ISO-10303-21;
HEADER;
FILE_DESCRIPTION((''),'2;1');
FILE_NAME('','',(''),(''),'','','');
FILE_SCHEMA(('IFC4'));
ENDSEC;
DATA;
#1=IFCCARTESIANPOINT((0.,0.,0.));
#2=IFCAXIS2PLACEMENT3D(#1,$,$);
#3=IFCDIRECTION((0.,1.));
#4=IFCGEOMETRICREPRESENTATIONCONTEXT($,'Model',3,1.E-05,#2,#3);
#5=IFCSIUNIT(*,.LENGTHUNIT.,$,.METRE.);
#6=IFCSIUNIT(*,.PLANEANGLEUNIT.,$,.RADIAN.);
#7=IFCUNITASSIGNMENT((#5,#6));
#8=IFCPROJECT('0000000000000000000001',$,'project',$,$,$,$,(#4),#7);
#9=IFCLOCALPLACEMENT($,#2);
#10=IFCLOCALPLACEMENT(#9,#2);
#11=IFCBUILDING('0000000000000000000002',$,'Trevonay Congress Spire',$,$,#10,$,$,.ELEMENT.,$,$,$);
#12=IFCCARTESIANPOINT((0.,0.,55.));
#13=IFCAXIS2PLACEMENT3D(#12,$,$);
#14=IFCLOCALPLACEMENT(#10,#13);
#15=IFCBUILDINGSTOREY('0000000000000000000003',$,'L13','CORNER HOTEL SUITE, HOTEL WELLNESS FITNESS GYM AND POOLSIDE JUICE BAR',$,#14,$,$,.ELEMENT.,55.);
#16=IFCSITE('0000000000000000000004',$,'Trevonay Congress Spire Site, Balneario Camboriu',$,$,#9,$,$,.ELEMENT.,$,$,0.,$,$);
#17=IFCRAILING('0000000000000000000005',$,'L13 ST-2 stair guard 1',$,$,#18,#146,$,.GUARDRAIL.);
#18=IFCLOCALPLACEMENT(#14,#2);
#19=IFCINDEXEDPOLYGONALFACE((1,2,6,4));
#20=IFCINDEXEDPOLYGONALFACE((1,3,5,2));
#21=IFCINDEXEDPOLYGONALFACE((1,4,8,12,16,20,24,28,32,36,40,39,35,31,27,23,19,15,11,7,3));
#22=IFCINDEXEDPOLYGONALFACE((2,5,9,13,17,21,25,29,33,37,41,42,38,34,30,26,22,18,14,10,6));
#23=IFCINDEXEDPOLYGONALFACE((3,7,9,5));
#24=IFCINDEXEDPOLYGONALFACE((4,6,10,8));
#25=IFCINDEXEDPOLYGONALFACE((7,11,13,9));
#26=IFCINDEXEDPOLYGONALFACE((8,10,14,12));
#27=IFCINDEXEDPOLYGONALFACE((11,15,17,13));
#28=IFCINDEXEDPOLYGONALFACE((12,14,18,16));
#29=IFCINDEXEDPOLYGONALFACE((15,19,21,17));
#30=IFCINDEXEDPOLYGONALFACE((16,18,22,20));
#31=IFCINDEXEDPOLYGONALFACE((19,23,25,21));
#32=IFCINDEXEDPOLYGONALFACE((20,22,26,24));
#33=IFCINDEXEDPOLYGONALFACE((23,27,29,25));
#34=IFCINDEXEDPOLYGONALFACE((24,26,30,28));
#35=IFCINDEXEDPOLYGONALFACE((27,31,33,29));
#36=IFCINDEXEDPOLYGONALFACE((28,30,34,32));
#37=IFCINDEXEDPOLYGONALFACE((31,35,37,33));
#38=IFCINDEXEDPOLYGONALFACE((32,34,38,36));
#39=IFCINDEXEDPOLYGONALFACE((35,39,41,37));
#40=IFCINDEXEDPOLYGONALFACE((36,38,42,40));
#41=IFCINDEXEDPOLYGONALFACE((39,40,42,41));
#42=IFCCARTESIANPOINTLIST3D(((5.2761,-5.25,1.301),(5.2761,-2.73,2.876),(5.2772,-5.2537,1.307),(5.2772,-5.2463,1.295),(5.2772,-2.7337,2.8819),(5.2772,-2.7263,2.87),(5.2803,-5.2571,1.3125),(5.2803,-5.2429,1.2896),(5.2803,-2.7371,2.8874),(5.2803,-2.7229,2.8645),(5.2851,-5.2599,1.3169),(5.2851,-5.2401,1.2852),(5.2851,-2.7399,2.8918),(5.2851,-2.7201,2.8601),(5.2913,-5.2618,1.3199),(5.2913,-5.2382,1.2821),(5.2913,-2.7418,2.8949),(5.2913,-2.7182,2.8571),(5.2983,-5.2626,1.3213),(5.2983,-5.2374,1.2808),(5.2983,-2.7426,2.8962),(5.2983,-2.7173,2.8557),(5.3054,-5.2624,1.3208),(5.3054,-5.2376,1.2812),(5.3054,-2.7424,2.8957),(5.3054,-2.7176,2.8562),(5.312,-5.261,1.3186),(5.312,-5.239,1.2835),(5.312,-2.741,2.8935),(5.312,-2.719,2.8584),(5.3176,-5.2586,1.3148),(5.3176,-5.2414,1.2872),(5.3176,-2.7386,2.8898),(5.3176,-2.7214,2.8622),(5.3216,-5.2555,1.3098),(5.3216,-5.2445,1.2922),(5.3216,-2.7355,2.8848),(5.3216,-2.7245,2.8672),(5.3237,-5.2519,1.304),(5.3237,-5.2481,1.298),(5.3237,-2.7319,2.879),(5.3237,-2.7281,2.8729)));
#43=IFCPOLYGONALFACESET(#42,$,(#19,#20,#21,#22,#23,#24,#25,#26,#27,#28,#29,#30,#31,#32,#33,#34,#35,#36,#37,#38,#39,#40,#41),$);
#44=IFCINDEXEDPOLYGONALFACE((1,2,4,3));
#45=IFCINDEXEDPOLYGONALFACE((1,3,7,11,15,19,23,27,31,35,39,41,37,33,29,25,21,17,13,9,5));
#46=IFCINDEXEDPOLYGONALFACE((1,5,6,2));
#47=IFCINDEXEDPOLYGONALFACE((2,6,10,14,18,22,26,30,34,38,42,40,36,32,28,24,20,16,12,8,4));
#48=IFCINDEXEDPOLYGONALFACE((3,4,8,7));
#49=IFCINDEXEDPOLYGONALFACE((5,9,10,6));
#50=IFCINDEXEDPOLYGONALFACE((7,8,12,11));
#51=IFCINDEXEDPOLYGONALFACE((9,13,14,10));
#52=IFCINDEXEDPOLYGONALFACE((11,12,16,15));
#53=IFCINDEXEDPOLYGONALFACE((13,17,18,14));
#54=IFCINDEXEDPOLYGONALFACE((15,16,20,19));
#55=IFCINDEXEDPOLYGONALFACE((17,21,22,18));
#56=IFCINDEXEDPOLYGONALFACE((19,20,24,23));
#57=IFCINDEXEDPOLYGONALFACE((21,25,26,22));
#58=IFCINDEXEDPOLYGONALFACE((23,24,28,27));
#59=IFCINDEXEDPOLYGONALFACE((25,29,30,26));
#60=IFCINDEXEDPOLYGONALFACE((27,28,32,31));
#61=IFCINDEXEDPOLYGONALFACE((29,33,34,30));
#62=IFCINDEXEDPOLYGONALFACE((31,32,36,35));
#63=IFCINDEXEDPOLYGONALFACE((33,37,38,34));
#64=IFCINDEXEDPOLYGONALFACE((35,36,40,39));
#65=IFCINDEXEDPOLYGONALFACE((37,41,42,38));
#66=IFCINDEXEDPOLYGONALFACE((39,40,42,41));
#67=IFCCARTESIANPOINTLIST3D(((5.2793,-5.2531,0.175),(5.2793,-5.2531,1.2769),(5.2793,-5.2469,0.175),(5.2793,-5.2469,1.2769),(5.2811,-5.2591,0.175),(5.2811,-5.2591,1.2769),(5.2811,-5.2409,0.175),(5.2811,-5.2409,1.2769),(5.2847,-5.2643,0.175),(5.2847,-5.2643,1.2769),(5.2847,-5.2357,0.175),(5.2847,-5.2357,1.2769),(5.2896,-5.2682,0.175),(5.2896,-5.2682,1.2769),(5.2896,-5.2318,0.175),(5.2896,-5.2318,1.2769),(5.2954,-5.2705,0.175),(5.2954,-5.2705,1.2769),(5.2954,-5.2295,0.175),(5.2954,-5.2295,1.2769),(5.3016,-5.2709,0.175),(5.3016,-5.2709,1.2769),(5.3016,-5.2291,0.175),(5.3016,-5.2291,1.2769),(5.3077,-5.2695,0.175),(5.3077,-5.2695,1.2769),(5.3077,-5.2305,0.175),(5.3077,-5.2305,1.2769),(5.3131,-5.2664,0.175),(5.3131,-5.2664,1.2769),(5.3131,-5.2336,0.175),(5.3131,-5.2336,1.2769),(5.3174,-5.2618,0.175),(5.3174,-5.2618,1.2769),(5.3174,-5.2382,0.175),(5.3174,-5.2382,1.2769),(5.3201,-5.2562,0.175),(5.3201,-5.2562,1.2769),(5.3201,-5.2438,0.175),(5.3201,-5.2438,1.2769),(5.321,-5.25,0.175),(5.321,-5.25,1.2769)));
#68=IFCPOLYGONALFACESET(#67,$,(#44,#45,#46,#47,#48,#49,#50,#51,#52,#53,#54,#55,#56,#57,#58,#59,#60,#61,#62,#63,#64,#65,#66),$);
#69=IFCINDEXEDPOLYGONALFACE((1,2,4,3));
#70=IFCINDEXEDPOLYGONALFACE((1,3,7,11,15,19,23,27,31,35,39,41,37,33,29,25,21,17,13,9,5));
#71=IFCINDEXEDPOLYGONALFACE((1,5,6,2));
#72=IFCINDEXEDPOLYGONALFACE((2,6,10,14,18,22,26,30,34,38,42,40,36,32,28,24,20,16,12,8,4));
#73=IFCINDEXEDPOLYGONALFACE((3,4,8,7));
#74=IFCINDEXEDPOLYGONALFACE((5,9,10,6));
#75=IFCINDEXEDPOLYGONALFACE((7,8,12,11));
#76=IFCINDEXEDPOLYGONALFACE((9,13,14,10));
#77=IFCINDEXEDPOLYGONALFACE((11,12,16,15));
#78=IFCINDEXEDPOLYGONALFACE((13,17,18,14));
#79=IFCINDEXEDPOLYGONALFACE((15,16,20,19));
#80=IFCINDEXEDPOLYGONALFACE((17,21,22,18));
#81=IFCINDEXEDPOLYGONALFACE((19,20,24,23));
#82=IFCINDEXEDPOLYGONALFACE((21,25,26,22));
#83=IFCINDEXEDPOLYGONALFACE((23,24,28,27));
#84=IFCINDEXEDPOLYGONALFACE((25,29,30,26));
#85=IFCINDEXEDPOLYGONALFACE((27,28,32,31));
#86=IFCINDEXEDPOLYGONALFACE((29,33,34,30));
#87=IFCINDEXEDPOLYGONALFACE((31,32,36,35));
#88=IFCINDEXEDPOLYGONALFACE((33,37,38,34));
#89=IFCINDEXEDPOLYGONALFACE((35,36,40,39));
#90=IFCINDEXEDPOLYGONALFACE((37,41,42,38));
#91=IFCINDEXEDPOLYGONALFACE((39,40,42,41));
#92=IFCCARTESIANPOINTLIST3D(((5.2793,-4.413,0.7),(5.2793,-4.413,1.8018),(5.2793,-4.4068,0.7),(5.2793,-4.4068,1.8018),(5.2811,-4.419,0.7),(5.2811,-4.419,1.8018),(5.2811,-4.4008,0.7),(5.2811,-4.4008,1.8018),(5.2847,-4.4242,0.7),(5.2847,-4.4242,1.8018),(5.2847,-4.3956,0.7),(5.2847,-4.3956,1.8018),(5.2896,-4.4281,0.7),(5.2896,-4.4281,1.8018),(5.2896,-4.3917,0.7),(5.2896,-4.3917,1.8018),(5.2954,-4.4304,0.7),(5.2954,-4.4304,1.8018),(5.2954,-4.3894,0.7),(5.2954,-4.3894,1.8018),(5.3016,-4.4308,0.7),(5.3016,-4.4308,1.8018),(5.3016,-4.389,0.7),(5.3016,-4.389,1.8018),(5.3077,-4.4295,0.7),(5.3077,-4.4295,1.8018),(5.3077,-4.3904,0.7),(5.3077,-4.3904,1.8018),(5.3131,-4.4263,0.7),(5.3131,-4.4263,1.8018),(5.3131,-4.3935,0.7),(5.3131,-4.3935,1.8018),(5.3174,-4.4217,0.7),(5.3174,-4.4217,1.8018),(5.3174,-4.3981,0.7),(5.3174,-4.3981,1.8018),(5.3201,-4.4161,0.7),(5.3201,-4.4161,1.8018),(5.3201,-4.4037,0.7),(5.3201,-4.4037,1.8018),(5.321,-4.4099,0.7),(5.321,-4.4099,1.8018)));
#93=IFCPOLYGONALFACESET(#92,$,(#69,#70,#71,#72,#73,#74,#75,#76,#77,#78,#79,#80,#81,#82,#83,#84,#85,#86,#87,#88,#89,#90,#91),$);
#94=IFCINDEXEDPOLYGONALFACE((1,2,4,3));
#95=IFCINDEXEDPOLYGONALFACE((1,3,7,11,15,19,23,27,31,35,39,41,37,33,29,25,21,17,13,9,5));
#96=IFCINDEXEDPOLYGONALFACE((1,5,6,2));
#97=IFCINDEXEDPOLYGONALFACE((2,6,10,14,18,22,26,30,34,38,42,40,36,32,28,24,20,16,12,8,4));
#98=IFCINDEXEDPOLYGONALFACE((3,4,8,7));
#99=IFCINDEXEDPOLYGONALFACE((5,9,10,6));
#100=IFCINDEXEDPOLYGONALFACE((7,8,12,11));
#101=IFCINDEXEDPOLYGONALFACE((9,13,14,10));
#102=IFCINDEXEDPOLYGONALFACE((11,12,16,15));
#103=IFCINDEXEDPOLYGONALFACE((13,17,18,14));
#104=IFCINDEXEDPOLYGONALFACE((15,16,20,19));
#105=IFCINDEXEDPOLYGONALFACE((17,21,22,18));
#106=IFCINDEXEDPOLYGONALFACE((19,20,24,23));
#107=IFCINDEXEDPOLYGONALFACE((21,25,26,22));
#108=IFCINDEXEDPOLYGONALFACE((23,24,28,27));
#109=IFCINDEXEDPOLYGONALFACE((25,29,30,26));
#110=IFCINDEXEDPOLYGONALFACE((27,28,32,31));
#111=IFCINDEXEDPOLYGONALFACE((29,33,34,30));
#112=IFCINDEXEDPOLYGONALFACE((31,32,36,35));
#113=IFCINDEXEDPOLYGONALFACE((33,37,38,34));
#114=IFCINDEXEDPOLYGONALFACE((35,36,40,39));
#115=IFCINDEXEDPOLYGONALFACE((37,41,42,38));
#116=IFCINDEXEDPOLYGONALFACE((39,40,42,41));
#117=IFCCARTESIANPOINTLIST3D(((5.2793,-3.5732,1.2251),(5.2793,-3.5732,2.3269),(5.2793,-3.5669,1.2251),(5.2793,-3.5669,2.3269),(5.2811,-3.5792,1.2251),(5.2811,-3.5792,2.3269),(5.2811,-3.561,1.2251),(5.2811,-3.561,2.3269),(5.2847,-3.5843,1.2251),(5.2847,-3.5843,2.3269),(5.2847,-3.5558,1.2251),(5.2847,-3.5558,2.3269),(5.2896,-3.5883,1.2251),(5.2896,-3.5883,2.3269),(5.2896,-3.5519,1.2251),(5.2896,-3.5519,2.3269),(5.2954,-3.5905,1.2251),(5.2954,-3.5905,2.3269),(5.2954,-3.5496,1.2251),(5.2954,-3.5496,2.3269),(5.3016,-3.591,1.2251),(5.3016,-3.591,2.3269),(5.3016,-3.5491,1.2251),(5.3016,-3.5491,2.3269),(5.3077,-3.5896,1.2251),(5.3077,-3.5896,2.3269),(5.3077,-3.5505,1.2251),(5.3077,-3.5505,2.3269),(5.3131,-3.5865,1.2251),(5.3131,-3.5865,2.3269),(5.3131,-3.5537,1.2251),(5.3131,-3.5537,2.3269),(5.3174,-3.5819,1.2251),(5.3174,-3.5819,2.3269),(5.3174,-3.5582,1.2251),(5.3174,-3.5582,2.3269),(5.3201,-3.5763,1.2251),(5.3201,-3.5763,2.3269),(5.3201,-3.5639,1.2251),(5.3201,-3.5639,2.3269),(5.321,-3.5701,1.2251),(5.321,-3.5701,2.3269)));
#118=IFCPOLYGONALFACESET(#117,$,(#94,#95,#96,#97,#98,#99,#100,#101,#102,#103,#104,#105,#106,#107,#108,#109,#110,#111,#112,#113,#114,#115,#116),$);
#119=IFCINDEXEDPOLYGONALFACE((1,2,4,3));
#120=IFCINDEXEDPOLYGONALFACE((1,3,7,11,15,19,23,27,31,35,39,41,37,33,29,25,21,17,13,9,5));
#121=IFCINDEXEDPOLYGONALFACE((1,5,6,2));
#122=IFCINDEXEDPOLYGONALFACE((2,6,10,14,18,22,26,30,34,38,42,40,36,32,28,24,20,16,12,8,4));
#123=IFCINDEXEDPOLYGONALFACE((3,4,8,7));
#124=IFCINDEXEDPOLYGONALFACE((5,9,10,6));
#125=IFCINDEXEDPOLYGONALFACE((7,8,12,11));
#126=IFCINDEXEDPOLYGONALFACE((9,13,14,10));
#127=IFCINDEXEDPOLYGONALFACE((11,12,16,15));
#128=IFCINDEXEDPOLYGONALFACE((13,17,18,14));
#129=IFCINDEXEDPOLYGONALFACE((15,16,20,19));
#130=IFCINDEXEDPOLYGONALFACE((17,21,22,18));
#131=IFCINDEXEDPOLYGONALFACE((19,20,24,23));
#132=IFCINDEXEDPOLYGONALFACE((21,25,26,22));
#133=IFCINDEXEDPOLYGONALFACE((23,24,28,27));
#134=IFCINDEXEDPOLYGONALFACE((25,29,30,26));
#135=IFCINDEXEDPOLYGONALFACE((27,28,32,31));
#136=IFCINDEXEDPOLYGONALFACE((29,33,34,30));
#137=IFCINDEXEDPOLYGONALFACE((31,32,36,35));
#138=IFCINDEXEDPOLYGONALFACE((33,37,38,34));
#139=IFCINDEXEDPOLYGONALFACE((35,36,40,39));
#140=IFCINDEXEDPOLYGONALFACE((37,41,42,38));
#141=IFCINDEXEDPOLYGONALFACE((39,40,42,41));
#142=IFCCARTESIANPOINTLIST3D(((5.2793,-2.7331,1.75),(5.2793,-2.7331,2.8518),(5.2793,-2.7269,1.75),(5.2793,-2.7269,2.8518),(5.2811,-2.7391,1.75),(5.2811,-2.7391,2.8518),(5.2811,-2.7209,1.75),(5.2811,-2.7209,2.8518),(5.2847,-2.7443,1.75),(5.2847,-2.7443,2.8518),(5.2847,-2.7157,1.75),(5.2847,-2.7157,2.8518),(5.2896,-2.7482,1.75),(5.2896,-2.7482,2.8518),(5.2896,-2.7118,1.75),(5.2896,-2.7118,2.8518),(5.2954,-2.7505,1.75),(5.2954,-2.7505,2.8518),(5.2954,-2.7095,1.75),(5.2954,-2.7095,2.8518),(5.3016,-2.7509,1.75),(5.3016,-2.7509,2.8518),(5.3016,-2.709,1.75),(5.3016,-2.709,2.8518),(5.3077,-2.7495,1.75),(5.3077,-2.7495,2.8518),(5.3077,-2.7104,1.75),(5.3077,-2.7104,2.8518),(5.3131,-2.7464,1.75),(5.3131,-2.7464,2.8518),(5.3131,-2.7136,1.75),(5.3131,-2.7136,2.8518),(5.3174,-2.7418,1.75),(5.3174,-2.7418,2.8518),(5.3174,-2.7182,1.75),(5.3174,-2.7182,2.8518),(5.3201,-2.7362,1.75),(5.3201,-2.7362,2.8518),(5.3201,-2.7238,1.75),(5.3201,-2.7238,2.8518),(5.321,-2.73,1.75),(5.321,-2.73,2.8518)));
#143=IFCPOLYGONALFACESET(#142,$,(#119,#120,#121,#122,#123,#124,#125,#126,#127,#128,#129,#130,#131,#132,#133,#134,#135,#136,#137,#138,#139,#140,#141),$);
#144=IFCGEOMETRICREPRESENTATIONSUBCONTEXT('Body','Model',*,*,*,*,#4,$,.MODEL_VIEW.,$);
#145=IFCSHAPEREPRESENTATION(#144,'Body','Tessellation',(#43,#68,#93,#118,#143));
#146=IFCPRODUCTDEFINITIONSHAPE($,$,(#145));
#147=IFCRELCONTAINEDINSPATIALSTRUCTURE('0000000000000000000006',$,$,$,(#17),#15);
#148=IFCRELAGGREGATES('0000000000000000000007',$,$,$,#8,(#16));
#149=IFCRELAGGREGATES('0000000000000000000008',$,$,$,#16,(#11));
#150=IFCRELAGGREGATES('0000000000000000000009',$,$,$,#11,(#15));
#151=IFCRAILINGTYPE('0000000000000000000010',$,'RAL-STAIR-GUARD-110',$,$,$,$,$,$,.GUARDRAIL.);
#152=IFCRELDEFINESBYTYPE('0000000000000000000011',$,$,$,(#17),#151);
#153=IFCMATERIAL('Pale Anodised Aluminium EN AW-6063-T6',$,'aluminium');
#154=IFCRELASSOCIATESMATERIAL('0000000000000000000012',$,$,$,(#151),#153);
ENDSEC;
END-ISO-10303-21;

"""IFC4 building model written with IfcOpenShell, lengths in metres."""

from ifc_helpers import new_model, si_unit, direction, frame, origin, origin_2d, place, context, subcontext, project, spatial, circle, extrude, material, type_object, element, save


model = new_model("IFC4")

# Units and contexts
model_context = context("Model", 3, precision=1e-05, world=origin(), true_north=direction((0.0, 1.0)))
body_context = subcontext(model_context, "Body", "Model", "MODEL_VIEW")
ifc_project = project(units=[si_unit("LENGTHUNIT", "METRE"), si_unit("PLANEANGLEUNIT", "RADIAN")], contexts=[model_context])

# Site, building, storey
site_placement = place(None, origin())
site = spatial("IfcSite", under=ifc_project, at=site_placement, Name="Trevonay Congress Spire Site, Balneario Camboriu", CompositionType="ELEMENT", RefElevation=0.0)
building_placement = place(site_placement, origin())
building = spatial("IfcBuilding", under=site, at=building_placement, Name="Trevonay Congress Spire", CompositionType="ELEMENT")
storey_placement = place(building_placement, frame((0.0, 0.0, 55.0)))
storey = spatial("IfcBuildingStorey", under=building, at=storey_placement, Name="L13", Description="CORNER HOTEL SUITE, HOTEL WELLNESS FITNESS GYM AND POOLSIDE JUICE BAR", CompositionType="ELEMENT", Elevation=55.0)

# Railing
ifc_material_1 = material(Name="Pale Anodised Aluminium EN AW-6063-T6", Category="aluminium")
railing_type_1 = type_object("IfcRailingType", Name="RAL-STAIR-GUARD-110", PredefinedType="GUARDRAIL", material=ifc_material_1)
railing_1_placement = place(storey_placement, frame((5.3, -5.25, 0.175)))
element("IfcRailing", 1, at=railing_1_placement, inside=storey, type_object=railing_type_1, Name="L13 ST-2 stair guard 1", PredefinedType="GUARDRAIL", context=body_context, shape_type="SweptSolid", body=[
    extrude(circle(Radius=0.0239, at=origin_2d()), frame((0.0, 0.0, 1.126), z_axis=(0.0, 0.848008, 0.529984), x_axis=(-1.0, 0.0, 0.0)), (0.0, 0.0, 1.0), 2.9717),
    extrude(circle(Radius=0.021, at=origin_2d()), origin(), (0.0, 0.0, 1.0), 1.1018),
    extrude(circle(Radius=0.021, at=origin_2d()), frame((0.0, 0.8401, 0.5249)), (0.0, 0.0, 1.0), 1.1018),
    extrude(circle(Radius=0.021, at=origin_2d()), frame((0.0, 1.6799, 1.05)), (0.0, 0.0, 1.0), 1.1018),
    extrude(circle(Radius=0.021, at=origin_2d()), frame((0.0, 2.52, 1.575)), (0.0, 0.0, 1.0), 1.1018),
])

save(model, "model.ifc")
